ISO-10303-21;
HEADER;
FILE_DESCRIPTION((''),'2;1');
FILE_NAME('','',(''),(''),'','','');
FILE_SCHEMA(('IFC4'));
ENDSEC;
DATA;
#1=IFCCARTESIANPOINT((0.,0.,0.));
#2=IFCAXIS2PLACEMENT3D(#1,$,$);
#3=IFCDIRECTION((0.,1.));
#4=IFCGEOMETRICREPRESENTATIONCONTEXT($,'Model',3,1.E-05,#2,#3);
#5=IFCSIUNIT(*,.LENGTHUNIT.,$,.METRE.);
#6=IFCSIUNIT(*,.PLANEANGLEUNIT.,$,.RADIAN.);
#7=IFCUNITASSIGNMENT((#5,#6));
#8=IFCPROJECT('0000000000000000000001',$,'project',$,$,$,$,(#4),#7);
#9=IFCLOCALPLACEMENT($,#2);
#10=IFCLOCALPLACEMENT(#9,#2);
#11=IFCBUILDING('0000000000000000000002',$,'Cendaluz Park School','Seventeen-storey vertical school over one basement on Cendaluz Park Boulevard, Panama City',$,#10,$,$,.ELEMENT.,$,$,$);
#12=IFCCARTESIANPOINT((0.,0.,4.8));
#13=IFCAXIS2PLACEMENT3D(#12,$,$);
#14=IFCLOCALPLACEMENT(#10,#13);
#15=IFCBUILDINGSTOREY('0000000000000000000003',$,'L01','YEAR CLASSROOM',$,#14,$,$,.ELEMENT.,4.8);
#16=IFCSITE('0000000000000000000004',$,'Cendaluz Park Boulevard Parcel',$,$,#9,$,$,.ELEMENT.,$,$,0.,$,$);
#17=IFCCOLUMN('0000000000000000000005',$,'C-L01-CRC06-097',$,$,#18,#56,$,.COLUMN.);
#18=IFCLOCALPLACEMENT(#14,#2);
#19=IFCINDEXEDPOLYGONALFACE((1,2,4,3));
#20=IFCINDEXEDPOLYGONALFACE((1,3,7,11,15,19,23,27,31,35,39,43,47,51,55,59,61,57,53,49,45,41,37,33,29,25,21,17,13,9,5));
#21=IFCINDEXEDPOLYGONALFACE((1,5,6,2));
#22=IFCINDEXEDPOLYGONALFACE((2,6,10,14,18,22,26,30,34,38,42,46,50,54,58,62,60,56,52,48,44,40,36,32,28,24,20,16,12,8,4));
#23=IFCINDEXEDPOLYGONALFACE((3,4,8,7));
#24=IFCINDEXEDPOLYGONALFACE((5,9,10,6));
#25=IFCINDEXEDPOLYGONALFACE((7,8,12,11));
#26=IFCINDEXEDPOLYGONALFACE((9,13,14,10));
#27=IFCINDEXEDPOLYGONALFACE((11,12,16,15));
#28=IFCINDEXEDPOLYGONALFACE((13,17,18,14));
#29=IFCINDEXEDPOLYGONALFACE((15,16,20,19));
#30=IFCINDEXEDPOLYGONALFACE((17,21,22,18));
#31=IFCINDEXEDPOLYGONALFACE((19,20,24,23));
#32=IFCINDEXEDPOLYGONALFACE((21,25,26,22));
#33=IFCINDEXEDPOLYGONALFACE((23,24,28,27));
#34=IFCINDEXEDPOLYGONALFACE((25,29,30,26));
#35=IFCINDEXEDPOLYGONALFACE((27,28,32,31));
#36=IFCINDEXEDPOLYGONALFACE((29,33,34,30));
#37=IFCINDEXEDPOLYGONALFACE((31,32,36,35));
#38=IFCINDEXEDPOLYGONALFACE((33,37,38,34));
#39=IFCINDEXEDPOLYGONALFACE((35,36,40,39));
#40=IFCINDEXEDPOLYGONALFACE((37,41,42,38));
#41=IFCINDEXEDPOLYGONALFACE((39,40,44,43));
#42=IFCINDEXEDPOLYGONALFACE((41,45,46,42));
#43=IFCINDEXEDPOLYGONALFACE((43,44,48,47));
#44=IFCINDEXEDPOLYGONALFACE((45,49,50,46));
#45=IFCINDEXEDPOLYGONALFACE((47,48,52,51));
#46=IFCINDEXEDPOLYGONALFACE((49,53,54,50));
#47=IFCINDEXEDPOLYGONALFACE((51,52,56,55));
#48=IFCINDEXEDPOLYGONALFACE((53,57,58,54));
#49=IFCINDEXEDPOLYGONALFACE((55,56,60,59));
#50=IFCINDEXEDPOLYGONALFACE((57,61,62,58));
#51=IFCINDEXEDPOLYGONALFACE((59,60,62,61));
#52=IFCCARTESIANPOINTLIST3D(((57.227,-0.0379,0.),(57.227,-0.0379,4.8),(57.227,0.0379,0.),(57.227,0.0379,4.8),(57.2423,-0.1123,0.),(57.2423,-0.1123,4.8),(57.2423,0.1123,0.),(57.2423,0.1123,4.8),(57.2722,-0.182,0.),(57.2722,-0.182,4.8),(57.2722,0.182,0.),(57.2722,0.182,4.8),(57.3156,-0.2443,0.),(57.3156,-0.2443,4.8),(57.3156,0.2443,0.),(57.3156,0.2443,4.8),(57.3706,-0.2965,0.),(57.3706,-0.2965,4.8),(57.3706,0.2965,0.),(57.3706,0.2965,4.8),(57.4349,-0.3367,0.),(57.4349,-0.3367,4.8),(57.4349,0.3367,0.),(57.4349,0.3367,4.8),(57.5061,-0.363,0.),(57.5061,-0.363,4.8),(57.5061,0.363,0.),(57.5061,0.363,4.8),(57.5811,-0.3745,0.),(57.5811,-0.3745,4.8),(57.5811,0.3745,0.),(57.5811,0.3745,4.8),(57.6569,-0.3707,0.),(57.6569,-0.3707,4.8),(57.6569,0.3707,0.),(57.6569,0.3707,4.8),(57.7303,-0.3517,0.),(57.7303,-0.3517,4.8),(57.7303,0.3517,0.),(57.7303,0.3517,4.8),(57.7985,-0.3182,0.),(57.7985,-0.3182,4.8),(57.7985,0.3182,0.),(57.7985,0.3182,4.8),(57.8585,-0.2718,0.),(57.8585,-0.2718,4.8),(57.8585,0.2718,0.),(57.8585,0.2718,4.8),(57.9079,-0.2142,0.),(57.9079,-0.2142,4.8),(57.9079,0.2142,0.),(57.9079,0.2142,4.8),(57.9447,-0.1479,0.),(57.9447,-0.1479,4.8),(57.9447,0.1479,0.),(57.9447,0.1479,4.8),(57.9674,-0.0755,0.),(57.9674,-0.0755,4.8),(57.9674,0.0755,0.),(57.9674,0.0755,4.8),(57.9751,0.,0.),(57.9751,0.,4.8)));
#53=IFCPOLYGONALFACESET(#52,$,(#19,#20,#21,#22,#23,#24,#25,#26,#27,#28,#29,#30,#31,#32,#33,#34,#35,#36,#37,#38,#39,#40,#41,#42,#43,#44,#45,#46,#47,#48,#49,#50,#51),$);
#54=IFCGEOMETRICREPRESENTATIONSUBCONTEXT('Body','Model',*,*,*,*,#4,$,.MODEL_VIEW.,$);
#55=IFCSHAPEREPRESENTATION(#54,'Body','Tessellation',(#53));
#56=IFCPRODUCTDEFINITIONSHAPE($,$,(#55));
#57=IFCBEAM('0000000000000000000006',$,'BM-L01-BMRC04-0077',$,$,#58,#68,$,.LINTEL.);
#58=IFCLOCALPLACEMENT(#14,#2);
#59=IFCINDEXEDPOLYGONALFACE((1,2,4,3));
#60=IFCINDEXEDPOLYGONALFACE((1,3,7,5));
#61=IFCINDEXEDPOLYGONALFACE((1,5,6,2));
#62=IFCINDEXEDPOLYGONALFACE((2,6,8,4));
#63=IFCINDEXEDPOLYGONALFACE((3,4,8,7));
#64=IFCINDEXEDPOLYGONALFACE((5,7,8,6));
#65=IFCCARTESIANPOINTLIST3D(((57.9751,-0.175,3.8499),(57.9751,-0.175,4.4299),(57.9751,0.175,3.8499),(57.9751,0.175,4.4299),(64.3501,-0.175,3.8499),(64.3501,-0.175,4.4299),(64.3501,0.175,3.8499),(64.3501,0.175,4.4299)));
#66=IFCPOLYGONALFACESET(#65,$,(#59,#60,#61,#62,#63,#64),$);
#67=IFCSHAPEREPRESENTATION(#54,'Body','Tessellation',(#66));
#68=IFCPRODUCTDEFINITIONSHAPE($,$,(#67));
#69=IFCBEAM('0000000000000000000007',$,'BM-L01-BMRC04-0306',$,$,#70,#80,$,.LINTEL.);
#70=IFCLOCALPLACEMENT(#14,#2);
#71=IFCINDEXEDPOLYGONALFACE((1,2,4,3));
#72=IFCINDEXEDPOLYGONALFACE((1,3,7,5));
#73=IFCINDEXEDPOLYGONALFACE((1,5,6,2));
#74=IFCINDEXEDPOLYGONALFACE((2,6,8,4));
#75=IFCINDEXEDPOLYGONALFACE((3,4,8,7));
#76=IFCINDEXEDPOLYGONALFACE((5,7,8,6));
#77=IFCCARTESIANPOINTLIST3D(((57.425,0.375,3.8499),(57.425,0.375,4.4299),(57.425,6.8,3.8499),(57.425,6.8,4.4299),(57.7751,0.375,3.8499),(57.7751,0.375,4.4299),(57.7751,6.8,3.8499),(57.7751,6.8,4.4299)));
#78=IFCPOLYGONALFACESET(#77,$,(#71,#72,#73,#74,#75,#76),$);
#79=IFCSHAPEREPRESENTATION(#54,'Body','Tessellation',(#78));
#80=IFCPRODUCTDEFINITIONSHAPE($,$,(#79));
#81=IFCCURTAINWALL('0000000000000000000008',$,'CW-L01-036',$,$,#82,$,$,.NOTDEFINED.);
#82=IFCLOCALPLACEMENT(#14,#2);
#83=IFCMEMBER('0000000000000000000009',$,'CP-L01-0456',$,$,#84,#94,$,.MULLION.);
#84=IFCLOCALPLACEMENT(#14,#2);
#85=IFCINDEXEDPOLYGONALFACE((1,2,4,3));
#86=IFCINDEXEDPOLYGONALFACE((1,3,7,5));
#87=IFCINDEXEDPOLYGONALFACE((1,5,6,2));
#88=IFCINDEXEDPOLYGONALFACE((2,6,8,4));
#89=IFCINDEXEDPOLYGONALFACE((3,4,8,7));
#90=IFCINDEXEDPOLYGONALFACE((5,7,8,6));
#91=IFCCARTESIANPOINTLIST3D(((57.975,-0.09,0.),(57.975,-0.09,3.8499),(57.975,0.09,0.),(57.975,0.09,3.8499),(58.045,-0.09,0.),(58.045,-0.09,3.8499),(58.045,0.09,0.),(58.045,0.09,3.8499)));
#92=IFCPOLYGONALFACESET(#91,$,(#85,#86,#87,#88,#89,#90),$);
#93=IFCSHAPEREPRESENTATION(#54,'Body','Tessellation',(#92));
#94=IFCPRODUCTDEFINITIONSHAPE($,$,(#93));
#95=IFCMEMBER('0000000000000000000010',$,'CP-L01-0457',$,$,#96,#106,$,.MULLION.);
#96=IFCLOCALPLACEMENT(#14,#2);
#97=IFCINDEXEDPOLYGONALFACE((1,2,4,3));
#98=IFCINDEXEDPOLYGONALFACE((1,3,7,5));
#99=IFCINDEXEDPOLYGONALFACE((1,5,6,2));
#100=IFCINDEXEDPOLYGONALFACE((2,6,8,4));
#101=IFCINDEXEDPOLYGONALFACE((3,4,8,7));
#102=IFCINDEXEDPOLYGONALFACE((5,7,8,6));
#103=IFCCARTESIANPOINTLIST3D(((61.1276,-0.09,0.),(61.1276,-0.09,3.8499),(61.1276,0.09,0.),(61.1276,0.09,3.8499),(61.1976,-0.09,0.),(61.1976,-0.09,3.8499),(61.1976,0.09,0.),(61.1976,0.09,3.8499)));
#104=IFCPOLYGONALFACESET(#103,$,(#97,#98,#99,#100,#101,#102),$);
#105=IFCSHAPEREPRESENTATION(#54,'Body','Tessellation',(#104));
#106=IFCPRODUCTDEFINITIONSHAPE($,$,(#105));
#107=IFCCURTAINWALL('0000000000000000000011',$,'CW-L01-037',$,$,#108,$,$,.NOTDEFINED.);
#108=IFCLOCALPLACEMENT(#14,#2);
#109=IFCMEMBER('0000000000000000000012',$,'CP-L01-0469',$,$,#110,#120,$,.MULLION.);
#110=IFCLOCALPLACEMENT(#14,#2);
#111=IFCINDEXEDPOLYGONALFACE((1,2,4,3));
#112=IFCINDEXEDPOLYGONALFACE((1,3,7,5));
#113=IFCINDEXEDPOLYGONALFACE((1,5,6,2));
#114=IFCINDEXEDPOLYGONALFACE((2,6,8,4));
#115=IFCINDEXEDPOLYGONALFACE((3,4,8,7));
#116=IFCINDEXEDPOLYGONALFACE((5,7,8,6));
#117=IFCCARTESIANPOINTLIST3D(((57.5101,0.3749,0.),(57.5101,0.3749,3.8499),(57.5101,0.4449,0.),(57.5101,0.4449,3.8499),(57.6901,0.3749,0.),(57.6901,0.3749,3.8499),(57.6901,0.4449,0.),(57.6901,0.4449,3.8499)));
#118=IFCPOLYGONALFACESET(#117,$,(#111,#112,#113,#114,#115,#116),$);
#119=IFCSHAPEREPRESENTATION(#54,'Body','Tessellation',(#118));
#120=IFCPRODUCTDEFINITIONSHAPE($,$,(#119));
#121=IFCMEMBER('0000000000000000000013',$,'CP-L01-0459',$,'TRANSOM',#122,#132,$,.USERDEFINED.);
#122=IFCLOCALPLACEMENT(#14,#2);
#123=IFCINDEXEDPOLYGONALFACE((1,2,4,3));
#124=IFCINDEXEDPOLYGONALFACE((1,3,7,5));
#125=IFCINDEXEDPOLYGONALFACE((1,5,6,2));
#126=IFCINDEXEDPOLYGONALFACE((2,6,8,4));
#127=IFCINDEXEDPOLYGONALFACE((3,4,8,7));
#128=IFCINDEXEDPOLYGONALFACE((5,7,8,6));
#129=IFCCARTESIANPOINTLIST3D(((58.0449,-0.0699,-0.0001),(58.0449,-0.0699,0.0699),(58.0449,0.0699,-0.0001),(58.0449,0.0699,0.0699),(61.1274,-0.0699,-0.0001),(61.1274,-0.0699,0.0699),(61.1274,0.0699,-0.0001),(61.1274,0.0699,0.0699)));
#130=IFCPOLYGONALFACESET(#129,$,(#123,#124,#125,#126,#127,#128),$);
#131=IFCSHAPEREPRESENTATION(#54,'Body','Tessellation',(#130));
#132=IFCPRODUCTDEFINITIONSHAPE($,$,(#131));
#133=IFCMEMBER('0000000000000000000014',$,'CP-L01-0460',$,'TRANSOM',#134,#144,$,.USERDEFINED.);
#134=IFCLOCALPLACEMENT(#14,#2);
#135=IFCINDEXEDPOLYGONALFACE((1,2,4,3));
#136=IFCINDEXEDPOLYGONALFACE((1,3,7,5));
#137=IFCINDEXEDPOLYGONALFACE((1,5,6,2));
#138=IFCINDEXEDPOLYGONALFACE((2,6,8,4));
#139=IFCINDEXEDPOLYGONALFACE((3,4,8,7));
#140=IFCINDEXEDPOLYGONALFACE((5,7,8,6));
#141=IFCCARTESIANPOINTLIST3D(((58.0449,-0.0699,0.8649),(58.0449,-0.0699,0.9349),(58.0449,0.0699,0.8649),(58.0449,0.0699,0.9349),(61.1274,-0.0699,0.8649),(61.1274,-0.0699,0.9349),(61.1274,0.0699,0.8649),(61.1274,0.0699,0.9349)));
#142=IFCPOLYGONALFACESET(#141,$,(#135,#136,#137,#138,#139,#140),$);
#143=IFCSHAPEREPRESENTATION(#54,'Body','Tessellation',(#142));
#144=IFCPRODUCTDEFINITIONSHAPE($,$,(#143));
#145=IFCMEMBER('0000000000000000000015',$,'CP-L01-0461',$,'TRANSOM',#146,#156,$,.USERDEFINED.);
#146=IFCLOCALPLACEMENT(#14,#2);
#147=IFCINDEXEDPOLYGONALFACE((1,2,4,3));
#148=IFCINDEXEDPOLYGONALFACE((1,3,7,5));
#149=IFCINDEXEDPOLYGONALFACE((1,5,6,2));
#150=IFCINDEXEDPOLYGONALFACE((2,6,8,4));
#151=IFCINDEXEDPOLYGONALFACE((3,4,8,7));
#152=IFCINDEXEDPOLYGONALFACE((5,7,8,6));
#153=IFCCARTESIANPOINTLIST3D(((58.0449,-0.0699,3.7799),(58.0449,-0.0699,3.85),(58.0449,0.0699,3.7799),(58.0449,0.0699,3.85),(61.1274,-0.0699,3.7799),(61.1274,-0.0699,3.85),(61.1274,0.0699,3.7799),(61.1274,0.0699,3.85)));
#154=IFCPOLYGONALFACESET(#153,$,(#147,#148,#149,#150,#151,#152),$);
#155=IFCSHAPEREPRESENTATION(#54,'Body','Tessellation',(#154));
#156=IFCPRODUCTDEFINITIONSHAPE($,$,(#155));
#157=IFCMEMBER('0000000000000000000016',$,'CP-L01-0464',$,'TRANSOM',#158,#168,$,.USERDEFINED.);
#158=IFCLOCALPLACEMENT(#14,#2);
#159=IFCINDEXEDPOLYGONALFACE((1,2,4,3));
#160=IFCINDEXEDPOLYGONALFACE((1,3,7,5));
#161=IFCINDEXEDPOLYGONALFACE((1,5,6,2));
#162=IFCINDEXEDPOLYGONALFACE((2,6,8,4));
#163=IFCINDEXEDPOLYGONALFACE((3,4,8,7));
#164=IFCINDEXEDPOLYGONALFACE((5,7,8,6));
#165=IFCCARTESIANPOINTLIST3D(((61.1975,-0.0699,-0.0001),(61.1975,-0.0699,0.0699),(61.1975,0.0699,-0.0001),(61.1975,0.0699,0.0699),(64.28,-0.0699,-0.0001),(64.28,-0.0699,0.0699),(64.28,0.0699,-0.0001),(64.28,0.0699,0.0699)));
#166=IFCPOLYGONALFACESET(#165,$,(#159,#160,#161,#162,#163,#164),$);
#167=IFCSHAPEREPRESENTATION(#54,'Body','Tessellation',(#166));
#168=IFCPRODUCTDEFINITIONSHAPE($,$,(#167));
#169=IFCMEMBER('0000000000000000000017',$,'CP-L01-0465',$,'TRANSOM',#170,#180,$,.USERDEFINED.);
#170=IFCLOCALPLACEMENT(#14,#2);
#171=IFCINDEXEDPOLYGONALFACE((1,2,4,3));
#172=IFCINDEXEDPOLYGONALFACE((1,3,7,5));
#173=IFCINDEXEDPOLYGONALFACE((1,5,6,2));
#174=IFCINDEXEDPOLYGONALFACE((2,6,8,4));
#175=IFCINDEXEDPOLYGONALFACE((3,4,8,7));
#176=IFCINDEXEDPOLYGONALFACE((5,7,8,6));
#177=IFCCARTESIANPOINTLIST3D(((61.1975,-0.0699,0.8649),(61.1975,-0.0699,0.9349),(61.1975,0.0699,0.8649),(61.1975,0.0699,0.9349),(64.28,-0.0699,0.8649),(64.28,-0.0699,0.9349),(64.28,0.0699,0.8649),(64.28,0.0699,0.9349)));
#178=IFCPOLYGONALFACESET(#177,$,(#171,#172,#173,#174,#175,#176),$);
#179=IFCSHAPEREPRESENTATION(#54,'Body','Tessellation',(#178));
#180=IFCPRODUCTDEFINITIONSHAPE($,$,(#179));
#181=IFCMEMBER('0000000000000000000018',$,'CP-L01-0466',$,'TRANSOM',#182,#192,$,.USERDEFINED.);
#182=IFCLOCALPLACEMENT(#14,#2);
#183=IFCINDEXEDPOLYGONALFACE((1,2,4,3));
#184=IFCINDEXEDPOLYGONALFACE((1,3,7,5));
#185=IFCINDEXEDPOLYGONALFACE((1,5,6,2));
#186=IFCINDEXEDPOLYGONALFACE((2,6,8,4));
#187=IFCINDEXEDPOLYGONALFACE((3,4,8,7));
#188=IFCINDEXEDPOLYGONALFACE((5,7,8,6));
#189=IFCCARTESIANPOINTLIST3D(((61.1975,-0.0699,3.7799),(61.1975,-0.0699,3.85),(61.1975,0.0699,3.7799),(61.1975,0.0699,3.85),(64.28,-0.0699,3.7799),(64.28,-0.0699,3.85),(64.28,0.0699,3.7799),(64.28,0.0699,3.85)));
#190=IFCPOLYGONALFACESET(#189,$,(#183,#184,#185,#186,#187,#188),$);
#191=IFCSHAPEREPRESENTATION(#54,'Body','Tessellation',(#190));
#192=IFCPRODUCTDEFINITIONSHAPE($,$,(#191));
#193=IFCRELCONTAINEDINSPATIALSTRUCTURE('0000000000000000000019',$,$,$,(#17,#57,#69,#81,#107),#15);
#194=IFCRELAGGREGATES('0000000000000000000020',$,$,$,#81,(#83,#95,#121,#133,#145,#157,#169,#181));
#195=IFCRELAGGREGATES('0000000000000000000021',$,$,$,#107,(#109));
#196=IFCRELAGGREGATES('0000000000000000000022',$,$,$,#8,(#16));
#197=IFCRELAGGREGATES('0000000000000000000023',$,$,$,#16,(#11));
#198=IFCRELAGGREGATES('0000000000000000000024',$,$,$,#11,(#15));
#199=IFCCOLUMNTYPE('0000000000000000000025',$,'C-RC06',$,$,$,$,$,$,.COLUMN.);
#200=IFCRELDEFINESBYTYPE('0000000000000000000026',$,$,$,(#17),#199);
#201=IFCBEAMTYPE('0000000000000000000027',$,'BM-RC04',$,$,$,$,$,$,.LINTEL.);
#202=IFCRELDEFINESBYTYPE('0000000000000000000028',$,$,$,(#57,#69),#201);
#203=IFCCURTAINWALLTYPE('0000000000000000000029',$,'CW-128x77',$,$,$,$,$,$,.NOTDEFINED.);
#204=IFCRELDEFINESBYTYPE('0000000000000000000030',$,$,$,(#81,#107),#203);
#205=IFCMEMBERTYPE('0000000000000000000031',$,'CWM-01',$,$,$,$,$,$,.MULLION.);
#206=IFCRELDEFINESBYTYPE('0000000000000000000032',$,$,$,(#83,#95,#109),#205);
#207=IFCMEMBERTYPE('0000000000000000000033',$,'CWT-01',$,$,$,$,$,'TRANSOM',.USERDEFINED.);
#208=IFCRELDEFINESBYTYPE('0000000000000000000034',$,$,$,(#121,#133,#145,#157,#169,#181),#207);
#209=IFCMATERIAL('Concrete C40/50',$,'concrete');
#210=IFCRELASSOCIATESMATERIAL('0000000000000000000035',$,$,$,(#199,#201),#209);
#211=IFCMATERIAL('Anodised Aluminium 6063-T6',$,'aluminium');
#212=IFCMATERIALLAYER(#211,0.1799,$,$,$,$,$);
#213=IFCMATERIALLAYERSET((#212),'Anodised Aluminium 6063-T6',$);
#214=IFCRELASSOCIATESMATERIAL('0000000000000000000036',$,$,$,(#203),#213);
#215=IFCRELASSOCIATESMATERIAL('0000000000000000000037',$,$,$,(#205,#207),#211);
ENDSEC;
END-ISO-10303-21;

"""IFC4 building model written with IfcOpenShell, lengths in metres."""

from ifc_helpers import new_model, si_unit, direction, frame, origin, origin_2d, place, context, subcontext, project, spatial, rectangle, circle, extrude, material, layer, layer_set, material_profile, profile_set, type_object, element, aggregate, save


model = new_model("IFC4")

# Units and contexts
model_context = context("Model", 3, precision=1e-05, world=origin(), true_north=direction((0.0, 1.0)))
body_context = subcontext(model_context, "Body", "Model", "MODEL_VIEW")
ifc_project = project(units=[si_unit("LENGTHUNIT", "METRE"), si_unit("PLANEANGLEUNIT", "RADIAN")], contexts=[model_context])

# Site, building, storey
site_placement = place(None, origin())
site = spatial("IfcSite", under=ifc_project, at=site_placement, Name="Cendaluz Park Boulevard Parcel", CompositionType="ELEMENT", RefElevation=0.0)
building_placement = place(site_placement, origin())
building = spatial("IfcBuilding", under=site, at=building_placement, Name="Cendaluz Park School", Description="Seventeen-storey vertical school over one basement on Cendaluz Park Boulevard, Panama City", CompositionType="ELEMENT")
storey_placement = place(building_placement, frame((0.0, 0.0, 4.8)))
storey = spatial("IfcBuildingStorey", under=building, at=storey_placement, Name="L01", Description="YEAR CLASSROOM", CompositionType="ELEMENT", Elevation=4.8)

# Column
ifc_material_1 = material(Name="Concrete C40/50", Category="concrete")
ifc_material_profile_1 = material_profile(ifc_material_1, circle(Radius=0.375, at=origin_2d()), Name="RC D750", Category="concrete")
ifc_profile_set_1 = profile_set([ifc_material_profile_1], Name="Concrete C40/50")
column_type = type_object("IfcColumnType", Name="C-RC06", PredefinedType="COLUMN", material=ifc_profile_set_1)
column_placement = place(storey_placement, frame((57.6001, 0.0, 0.0), z_axis=(0.0, 0.0, 1.0), x_axis=(1.0, 0.0, 0.0)))
element("IfcColumn", 1, at=column_placement, inside=storey, type_object=column_type, Name="C-L01-CRC06-097", PredefinedType="COLUMN", context=body_context, shape_type="SweptSolid", body=[
    extrude(circle(Radius=0.375, at=origin_2d()), origin(), (0.0, 0.0, 1.0), 4.8),
])

# Beams
ifc_material_profile_2 = material_profile(ifc_material_1, rectangle(XDim=0.3501, YDim=0.5801, at=origin_2d()), Name="RC 350x580", Category="concrete")
ifc_profile_set_2 = profile_set([ifc_material_profile_2], Name="Concrete C40/50")
beam_type = type_object("IfcBeamType", Name="BM-RC04", PredefinedType="LINTEL", material=ifc_profile_set_2)
beam_1_placement = place(storey_placement, frame((57.9751, 0.0, 4.1399), z_axis=(1.0, 0.0, 0.0), x_axis=(0.0, 1.0, 0.0)))
element("IfcBeam", 2, at=beam_1_placement, inside=storey, type_object=beam_type, Name="BM-L01-BMRC04-0077", PredefinedType="LINTEL", context=body_context, shape_type="SweptSolid", body=[
    extrude(rectangle(XDim=0.3501, YDim=0.5801, at=origin_2d()), origin(), (0.0, 0.0, 1.0), 6.375),
])
beam_2_placement = place(storey_placement, frame((57.6001, 0.375, 4.1399), z_axis=(0.0, 1.0, 0.0), x_axis=(-1.0, 0.0, 0.0)))
element("IfcBeam", 3, at=beam_2_placement, inside=storey, type_object=beam_type, Name="BM-L01-BMRC04-0306", PredefinedType="LINTEL", context=body_context, shape_type="SweptSolid", body=[
    extrude(rectangle(XDim=0.3501, YDim=0.5801, at=origin_2d()), origin(), (0.0, 0.0, 1.0), 6.425),
])

# Curtain wall, members
ifc_material_2 = material(Name="Anodised Aluminium 6063-T6", Category="aluminium")
ifc_layer_1 = layer(ifc_material_2, 0.1799)
ifc_layer_set_1 = layer_set([ifc_layer_1], Name="Anodised Aluminium 6063-T6")
curtain_wall_type = type_object("IfcCurtainWallType", Name="CW-128x77", PredefinedType="NOTDEFINED", material=ifc_layer_set_1)
curtain_wall_1_placement = place(storey_placement, origin())
curtain_wall_1 = element("IfcCurtainWall", 4, at=curtain_wall_1_placement, inside=storey, type_object=curtain_wall_type, Name="CW-L01-036", PredefinedType="NOTDEFINED")
ifc_material_profile_3 = material_profile(ifc_material_2, rectangle(XDim=0.1799, YDim=0.0701, at=origin_2d()), Name="CWM 180x70", Category="aluminium")
ifc_profile_set_3 = profile_set([ifc_material_profile_3], Name="Anodised Aluminium 6063-T6")
member_type_1 = type_object("IfcMemberType", Name="CWM-01", PredefinedType="MULLION", material=ifc_profile_set_3)
member_1_placement = place(storey_placement, frame((58.01, 0.0, 0.0), z_axis=(0.0, 0.0, 1.0), x_axis=(0.0, 1.0, 0.0)))
member_1 = element("IfcMember", 5, at=member_1_placement, type_object=member_type_1, Name="CP-L01-0456", PredefinedType="MULLION", context=body_context, shape_type="SweptSolid", body=[
    extrude(rectangle(XDim=0.1799, YDim=0.0701, at=origin_2d()), origin(), (0.0, 0.0, 1.0), 3.8499),
])
member_2_placement = place(storey_placement, frame((61.1626, 0.0, 0.0), z_axis=(0.0, 0.0, 1.0), x_axis=(0.0, 1.0, 0.0)))
member_2 = element("IfcMember", 6, at=member_2_placement, type_object=member_type_1, Name="CP-L01-0457", PredefinedType="MULLION", context=body_context, shape_type="SweptSolid", body=[
    extrude(rectangle(XDim=0.1799, YDim=0.0701, at=origin_2d()), origin(), (0.0, 0.0, 1.0), 3.8499),
])

# Curtain wall, member
curtain_wall_2_placement = place(storey_placement, origin())
curtain_wall_2 = element("IfcCurtainWall", 7, at=curtain_wall_2_placement, inside=storey, type_object=curtain_wall_type, Name="CW-L01-037", PredefinedType="NOTDEFINED")
member_3_placement = place(storey_placement, frame((57.6001, 0.4099, 0.0), z_axis=(0.0, 0.0, 1.0), x_axis=(-1.0, 0.0, 0.0)))
member_3 = element("IfcMember", 8, at=member_3_placement, type_object=member_type_1, Name="CP-L01-0469", PredefinedType="MULLION", context=body_context, shape_type="SweptSolid", body=[
    extrude(rectangle(XDim=0.1799, YDim=0.0701, at=origin_2d()), origin(), (0.0, 0.0, 1.0), 3.8499),
])

# Members
ifc_material_profile_4 = material_profile(ifc_material_2, rectangle(XDim=0.1399, YDim=0.0701, at=origin_2d()), Name="CWT 140x70", Category="aluminium")
ifc_profile_set_4 = profile_set([ifc_material_profile_4], Name="Anodised Aluminium 6063-T6")
member_type_2 = type_object("IfcMemberType", Name="CWT-01", ElementType="TRANSOM", PredefinedType="USERDEFINED", material=ifc_profile_set_4)
member_4_placement = place(storey_placement, frame((58.0449, 0.0, 0.0349), z_axis=(1.0, 0.0, 0.0), x_axis=(0.0, 1.0, 0.0)))
member_4 = element("IfcMember", 9, at=member_4_placement, type_object=member_type_2, Name="CP-L01-0459", ObjectType="TRANSOM", PredefinedType="USERDEFINED", context=body_context, shape_type="SweptSolid", body=[
    extrude(rectangle(XDim=0.1399, YDim=0.0701, at=origin_2d()), origin(), (0.0, 0.0, 1.0), 3.0825),
])
member_5_placement = place(storey_placement, frame((58.0449, 0.0, 0.8999), z_axis=(1.0, 0.0, 0.0), x_axis=(0.0, 1.0, 0.0)))
member_5 = element("IfcMember", 10, at=member_5_placement, type_object=member_type_2, Name="CP-L01-0460", ObjectType="TRANSOM", PredefinedType="USERDEFINED", context=body_context, shape_type="SweptSolid", body=[
    extrude(rectangle(XDim=0.1399, YDim=0.0701, at=origin_2d()), origin(), (0.0, 0.0, 1.0), 3.0825),
])
member_6_placement = place(storey_placement, frame((58.0449, 0.0, 3.8149), z_axis=(1.0, 0.0, 0.0), x_axis=(0.0, 1.0, 0.0)))
member_6 = element("IfcMember", 11, at=member_6_placement, type_object=member_type_2, Name="CP-L01-0461", ObjectType="TRANSOM", PredefinedType="USERDEFINED", context=body_context, shape_type="SweptSolid", body=[
    extrude(rectangle(XDim=0.1399, YDim=0.0701, at=origin_2d()), origin(), (0.0, 0.0, 1.0), 3.0825),
])
member_7_placement = place(storey_placement, frame((61.1975, 0.0, 0.0349), z_axis=(1.0, 0.0, 0.0), x_axis=(0.0, 1.0, 0.0)))
member_7 = element("IfcMember", 12, at=member_7_placement, type_object=member_type_2, Name="CP-L01-0464", ObjectType="TRANSOM", PredefinedType="USERDEFINED", context=body_context, shape_type="SweptSolid", body=[
    extrude(rectangle(XDim=0.1399, YDim=0.0701, at=origin_2d()), origin(), (0.0, 0.0, 1.0), 3.0825),
])
member_8_placement = place(storey_placement, frame((61.1975, 0.0, 0.8999), z_axis=(1.0, 0.0, 0.0), x_axis=(0.0, 1.0, 0.0)))
member_8 = element("IfcMember", 13, at=member_8_placement, type_object=member_type_2, Name="CP-L01-0465", ObjectType="TRANSOM", PredefinedType="USERDEFINED", context=body_context, shape_type="SweptSolid", body=[
    extrude(rectangle(XDim=0.1399, YDim=0.0701, at=origin_2d()), origin(), (0.0, 0.0, 1.0), 3.0825),
])
member_9_placement = place(storey_placement, frame((61.1975, 0.0, 3.8149), z_axis=(1.0, 0.0, 0.0), x_axis=(0.0, 1.0, 0.0)))
member_9 = element("IfcMember", 14, at=member_9_placement, type_object=member_type_2, Name="CP-L01-0466", ObjectType="TRANSOM", PredefinedType="USERDEFINED", context=body_context, shape_type="SweptSolid", body=[
    extrude(rectangle(XDim=0.1399, YDim=0.0701, at=origin_2d()), origin(), (0.0, 0.0, 1.0), 3.0825),
])

aggregate(curtain_wall_1, [member_1, member_2, member_4, member_5, member_6, member_7, member_8, member_9])
aggregate(curtain_wall_2, [member_3])

save(model, "model.ifc")
